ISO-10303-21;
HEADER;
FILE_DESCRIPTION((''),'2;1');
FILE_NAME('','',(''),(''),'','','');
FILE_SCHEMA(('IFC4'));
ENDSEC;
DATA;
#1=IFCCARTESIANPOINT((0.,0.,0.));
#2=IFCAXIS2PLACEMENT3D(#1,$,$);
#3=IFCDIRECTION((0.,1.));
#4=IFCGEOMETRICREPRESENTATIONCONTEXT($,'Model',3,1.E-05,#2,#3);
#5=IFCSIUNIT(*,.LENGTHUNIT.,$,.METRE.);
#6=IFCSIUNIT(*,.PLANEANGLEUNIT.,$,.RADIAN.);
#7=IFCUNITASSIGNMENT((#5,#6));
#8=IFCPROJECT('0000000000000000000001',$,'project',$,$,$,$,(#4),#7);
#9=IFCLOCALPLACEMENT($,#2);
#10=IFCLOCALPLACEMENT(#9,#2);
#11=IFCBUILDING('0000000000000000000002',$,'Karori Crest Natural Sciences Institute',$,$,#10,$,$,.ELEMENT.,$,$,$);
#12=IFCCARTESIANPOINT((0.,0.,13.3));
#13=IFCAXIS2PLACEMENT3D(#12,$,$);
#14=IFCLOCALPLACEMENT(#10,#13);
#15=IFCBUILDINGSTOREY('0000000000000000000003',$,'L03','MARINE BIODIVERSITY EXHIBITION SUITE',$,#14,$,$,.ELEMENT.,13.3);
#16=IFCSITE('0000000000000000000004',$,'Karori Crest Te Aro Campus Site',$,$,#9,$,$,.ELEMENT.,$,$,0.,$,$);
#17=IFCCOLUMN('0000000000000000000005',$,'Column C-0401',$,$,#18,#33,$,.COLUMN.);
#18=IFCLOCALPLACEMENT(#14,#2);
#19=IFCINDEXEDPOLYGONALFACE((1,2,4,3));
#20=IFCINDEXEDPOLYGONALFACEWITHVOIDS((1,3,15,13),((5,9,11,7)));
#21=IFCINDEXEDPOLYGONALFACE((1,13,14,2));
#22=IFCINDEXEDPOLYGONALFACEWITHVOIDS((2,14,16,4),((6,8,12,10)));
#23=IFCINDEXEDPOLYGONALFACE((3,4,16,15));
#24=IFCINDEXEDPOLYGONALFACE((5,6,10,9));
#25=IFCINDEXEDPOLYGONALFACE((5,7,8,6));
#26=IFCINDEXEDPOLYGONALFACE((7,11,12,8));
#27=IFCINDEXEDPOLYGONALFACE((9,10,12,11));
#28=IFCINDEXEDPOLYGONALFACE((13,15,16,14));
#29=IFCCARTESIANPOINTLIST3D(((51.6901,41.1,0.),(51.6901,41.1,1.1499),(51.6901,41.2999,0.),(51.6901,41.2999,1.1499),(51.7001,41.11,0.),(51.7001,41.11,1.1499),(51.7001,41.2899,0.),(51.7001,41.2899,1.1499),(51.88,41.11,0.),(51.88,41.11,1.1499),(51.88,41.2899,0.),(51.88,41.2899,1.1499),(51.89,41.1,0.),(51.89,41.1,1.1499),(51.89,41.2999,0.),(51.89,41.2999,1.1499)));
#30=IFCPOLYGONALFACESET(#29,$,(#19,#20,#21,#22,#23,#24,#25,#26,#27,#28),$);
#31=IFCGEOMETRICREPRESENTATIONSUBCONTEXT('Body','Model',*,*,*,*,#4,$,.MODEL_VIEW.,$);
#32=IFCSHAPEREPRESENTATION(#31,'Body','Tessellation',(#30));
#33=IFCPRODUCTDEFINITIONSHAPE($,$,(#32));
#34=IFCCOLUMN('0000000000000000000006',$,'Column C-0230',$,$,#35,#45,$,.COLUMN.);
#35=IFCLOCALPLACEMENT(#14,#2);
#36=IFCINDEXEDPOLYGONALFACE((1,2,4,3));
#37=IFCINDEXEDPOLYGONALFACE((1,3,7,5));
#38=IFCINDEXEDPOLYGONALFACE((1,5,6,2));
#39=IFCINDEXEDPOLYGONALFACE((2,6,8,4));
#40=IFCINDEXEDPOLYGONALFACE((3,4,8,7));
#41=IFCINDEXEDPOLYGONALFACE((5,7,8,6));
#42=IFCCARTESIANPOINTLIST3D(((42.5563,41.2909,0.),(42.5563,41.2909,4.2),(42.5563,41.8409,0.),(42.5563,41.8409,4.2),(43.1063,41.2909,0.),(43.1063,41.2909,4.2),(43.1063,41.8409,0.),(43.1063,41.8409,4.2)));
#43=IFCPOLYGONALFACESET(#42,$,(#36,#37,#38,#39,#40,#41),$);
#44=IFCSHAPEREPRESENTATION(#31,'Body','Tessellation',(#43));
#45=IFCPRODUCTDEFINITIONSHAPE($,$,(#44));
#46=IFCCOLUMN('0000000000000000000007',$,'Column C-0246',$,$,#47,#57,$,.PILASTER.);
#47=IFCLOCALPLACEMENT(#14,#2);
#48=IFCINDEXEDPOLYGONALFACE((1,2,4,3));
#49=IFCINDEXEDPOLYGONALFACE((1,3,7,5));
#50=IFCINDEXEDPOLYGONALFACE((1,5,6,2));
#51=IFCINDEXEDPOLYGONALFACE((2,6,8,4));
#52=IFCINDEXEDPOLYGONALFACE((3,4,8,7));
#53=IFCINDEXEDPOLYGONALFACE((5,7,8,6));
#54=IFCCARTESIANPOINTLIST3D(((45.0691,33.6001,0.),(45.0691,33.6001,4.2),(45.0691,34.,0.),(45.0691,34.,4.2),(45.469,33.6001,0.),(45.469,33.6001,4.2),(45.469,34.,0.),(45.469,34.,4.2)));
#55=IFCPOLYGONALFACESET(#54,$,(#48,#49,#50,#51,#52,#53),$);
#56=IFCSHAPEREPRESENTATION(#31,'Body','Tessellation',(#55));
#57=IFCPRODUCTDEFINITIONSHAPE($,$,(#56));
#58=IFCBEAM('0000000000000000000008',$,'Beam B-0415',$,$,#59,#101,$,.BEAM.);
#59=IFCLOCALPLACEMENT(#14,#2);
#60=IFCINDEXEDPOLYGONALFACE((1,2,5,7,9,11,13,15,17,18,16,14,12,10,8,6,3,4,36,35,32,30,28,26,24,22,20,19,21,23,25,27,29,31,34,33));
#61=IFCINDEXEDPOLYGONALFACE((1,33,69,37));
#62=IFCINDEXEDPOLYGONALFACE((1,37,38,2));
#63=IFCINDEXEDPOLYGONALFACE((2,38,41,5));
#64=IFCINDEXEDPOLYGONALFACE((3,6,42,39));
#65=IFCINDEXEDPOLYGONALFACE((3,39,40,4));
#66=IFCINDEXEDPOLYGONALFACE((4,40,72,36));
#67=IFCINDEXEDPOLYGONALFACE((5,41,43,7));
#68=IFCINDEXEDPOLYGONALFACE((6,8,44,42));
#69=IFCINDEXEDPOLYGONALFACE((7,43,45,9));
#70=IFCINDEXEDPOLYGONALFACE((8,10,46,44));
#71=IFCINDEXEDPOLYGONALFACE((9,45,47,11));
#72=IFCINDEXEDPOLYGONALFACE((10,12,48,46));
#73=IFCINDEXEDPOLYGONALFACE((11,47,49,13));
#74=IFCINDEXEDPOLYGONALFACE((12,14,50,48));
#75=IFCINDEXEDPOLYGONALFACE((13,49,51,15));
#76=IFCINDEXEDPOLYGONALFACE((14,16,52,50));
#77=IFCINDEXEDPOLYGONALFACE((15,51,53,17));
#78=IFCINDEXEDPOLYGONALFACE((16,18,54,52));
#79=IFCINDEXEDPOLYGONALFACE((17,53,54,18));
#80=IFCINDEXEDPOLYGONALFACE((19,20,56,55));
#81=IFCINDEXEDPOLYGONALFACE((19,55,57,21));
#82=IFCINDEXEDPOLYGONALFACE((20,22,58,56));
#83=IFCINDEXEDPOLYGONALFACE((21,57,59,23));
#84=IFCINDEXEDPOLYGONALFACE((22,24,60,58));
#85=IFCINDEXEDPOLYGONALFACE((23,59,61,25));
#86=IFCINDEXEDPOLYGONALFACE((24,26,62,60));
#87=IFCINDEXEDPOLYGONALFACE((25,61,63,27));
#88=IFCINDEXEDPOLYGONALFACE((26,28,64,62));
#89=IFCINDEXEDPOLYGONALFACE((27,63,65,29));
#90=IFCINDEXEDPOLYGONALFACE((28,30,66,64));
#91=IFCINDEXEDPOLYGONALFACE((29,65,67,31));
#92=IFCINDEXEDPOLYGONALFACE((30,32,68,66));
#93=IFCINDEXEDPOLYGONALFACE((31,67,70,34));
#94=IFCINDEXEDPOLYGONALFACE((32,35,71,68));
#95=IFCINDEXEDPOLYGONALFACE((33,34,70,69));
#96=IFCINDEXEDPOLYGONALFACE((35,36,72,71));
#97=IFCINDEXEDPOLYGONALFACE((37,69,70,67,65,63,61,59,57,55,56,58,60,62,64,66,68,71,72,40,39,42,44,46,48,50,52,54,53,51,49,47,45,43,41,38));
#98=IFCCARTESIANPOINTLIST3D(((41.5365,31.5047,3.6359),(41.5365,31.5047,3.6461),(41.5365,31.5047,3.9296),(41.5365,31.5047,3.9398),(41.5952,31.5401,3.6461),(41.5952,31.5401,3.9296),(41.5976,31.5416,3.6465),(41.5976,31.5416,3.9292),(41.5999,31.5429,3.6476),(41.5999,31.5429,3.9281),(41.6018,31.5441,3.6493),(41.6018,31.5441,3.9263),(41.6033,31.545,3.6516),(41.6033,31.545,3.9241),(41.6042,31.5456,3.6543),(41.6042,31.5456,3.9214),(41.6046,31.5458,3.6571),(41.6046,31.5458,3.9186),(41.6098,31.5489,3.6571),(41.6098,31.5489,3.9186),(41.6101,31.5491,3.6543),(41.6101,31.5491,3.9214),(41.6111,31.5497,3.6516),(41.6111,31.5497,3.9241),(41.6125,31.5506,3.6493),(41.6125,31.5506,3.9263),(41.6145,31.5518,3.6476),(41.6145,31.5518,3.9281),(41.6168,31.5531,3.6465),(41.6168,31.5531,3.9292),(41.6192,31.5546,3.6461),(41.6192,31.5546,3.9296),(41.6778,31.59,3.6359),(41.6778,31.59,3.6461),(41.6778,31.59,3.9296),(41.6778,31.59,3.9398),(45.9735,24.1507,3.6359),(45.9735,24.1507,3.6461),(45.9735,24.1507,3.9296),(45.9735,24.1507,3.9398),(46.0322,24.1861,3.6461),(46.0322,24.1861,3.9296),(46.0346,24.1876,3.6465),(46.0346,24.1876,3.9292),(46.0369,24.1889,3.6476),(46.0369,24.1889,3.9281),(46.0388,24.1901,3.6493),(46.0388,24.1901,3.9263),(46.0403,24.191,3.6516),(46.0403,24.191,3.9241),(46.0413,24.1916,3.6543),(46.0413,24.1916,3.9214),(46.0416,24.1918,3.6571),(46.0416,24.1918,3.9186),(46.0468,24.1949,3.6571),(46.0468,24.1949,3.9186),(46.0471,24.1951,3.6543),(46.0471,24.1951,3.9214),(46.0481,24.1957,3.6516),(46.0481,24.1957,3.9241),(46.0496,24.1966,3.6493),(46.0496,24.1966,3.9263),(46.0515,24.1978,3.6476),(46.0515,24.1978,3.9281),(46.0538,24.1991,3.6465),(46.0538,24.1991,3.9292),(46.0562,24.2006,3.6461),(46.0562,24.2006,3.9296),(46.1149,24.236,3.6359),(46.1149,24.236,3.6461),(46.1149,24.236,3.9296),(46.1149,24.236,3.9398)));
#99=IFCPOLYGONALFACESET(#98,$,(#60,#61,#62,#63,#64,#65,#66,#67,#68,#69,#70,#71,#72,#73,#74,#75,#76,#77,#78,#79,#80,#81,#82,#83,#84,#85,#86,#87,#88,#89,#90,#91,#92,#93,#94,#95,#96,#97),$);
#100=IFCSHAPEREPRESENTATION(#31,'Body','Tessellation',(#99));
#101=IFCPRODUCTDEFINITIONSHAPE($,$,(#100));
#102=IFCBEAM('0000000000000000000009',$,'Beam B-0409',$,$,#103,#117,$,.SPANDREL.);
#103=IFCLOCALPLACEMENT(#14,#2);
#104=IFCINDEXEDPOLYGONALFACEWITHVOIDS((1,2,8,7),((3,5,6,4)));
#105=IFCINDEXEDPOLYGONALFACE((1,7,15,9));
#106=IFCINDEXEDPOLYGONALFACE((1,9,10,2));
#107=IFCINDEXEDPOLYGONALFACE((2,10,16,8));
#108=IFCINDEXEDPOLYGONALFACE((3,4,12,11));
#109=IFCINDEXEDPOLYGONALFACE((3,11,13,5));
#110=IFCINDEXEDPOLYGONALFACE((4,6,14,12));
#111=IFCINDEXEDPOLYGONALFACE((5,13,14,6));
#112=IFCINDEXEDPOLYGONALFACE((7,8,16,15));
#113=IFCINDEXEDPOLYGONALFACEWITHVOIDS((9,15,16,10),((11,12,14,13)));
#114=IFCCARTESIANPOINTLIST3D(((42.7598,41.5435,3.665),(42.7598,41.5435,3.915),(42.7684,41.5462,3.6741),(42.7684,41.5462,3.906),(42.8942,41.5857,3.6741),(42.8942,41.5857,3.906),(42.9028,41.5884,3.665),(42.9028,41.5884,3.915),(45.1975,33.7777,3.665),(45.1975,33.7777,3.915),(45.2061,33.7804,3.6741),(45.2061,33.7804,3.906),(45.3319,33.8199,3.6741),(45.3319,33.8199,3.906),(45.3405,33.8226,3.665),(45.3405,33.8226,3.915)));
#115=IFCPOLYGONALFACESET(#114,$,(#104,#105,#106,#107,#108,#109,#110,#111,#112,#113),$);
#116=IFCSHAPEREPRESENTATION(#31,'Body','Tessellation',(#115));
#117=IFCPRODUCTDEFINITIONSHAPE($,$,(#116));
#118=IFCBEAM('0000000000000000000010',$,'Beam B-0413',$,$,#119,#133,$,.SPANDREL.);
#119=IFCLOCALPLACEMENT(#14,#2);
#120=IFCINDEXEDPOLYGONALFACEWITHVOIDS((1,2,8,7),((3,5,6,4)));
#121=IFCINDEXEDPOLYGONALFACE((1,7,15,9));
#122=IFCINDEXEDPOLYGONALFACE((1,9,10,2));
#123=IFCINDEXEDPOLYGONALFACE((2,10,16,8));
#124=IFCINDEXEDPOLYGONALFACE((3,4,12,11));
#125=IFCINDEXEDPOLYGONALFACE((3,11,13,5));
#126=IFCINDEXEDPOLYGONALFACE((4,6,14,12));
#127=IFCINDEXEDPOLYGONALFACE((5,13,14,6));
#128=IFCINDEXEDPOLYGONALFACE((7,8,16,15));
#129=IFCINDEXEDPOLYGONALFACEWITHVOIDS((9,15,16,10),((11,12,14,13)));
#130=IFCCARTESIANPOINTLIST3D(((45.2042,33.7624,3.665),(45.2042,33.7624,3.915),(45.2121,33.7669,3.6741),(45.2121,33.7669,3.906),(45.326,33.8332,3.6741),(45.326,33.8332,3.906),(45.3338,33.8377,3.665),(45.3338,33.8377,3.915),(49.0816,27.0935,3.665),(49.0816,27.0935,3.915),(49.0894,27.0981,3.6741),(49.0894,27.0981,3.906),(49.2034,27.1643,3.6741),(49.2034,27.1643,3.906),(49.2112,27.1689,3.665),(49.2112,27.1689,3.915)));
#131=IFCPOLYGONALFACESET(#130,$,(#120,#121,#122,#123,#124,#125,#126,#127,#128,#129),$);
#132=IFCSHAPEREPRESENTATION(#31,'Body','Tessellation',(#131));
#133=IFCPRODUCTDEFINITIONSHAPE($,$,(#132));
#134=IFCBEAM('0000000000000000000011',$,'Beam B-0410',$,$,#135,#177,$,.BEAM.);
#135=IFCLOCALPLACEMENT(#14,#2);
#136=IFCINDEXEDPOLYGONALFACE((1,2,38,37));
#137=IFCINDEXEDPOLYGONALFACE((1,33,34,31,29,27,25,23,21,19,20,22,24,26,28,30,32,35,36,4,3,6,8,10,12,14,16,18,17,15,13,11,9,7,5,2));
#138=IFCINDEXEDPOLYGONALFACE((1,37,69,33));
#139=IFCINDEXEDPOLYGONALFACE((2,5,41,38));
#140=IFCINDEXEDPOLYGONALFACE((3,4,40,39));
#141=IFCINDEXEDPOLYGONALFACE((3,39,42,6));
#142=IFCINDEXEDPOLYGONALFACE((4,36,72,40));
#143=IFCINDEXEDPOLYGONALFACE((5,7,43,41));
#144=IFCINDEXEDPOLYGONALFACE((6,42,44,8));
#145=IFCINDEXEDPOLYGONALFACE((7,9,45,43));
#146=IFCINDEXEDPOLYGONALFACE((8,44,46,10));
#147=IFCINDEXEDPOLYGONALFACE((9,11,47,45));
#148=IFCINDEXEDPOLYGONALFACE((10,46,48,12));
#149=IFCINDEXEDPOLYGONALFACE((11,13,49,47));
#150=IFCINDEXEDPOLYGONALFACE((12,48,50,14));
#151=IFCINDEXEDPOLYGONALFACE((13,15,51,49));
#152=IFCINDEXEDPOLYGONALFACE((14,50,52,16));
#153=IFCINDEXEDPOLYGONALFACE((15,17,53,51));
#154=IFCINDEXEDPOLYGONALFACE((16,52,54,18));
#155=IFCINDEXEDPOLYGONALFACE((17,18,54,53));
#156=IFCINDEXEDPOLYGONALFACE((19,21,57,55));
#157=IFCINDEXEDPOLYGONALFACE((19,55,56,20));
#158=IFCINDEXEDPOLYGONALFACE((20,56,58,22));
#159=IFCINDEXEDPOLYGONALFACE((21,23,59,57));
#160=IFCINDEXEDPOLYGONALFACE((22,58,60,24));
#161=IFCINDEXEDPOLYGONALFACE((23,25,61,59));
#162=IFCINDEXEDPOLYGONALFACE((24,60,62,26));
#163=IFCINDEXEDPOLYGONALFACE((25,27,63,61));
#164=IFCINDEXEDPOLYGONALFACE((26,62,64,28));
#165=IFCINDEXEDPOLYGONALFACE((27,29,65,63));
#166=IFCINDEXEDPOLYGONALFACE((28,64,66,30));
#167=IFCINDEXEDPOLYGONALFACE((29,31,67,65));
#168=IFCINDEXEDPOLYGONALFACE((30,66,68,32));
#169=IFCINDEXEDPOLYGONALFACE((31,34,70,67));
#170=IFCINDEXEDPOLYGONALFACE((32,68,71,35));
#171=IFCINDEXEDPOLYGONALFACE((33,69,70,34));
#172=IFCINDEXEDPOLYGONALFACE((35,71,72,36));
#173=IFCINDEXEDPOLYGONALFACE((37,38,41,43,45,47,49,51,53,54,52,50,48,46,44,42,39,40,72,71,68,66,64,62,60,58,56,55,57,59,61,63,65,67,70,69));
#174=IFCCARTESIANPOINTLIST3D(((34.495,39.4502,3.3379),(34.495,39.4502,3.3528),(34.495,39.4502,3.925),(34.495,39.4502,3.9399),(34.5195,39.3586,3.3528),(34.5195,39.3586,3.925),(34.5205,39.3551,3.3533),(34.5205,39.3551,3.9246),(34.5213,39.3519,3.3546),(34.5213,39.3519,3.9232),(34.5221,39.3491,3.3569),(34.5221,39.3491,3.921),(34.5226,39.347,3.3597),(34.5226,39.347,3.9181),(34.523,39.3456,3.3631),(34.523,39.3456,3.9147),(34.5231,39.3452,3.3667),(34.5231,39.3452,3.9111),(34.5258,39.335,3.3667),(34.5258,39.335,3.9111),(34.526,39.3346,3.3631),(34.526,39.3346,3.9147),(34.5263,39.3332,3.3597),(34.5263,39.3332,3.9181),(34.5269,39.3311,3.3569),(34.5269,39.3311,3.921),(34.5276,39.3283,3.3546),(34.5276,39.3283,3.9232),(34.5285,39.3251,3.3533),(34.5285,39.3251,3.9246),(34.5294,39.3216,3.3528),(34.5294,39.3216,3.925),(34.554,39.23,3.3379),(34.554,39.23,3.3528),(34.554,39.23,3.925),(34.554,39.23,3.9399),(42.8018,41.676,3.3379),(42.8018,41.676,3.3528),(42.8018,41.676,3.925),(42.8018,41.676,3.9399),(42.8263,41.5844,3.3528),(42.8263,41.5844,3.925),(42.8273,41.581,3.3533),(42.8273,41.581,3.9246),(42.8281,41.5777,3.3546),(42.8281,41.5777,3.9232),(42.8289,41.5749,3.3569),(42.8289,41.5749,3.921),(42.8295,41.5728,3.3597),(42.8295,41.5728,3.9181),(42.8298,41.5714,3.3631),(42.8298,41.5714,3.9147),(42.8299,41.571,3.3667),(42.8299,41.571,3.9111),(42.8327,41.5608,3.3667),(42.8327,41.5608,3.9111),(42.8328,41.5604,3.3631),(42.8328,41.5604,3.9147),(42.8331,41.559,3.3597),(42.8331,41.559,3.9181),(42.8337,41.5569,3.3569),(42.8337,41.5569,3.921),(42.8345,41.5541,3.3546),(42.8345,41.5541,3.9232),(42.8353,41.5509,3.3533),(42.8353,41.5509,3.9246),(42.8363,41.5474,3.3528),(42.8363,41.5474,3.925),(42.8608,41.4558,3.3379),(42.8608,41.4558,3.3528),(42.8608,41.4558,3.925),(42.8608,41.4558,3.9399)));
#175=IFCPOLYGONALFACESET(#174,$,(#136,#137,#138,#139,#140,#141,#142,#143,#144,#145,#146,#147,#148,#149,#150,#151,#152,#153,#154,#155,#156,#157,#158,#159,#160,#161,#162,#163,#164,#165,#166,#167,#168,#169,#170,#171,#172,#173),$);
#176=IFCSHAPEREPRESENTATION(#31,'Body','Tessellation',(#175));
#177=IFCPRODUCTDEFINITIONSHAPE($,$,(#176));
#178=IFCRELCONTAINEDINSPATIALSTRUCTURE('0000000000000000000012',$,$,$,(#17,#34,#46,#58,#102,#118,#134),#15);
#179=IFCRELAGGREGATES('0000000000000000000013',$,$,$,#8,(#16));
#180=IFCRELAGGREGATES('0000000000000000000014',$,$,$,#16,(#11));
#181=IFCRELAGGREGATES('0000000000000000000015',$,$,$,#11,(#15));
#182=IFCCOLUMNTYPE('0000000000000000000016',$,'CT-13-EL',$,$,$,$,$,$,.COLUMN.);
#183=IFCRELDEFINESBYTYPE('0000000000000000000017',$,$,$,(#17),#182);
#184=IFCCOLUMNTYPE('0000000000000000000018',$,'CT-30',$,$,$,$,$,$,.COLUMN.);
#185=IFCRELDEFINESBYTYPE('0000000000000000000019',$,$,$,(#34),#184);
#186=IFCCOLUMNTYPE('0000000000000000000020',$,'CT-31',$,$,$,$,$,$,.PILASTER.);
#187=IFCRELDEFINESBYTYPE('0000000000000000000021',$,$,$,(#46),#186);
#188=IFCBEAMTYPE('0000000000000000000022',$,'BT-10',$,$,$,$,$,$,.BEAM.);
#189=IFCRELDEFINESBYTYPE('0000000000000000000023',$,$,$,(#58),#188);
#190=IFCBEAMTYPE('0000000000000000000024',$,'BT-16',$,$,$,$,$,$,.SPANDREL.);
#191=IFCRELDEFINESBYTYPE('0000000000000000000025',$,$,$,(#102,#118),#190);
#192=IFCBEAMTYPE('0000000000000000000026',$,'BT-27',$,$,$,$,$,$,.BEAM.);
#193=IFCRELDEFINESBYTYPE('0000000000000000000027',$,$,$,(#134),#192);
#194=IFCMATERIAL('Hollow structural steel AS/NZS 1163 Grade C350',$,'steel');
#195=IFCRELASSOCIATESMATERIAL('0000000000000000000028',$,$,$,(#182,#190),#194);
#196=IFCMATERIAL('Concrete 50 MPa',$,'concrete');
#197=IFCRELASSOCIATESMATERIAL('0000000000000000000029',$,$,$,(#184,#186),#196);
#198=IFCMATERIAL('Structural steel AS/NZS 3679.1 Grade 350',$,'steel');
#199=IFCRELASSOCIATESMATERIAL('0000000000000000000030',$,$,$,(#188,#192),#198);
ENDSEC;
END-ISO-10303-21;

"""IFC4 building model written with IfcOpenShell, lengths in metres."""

from ifc_helpers import new_model, si_unit, direction, frame, origin, origin_2d, place, context, subcontext, project, spatial, rectangle, hollow_rectangle, i_section, extrude, material, material_profile, profile_set, type_object, element, save


model = new_model("IFC4")

# Units and contexts
model_context = context("Model", 3, precision=1e-05, world=origin(), true_north=direction((0.0, 1.0)))
body_context = subcontext(model_context, "Body", "Model", "MODEL_VIEW")
ifc_project = project(units=[si_unit("LENGTHUNIT", "METRE"), si_unit("PLANEANGLEUNIT", "RADIAN")], contexts=[model_context])

# Site, building, storey
site_placement = place(None, origin())
site = spatial("IfcSite", under=ifc_project, at=site_placement, Name="Karori Crest Te Aro Campus Site", CompositionType="ELEMENT", RefElevation=0.0)
building_placement = place(site_placement, origin())
building = spatial("IfcBuilding", under=site, at=building_placement, Name="Karori Crest Natural Sciences Institute", CompositionType="ELEMENT")
storey_placement = place(building_placement, frame((0.0, 0.0, 13.3)))
storey = spatial("IfcBuildingStorey", under=building, at=storey_placement, Name="L03", Description="MARINE BIODIVERSITY EXHIBITION SUITE", CompositionType="ELEMENT", Elevation=13.3)

# Columns
ifc_material_1 = material(Name="Hollow structural steel AS/NZS 1163 Grade C350", Category="steel")
ifc_material_profile_1 = material_profile(ifc_material_1, hollow_rectangle(XDim=0.2, YDim=0.2, WallThickness=0.01, at=origin_2d()), Name="SHS200x200x10")
ifc_profile_set_1 = profile_set([ifc_material_profile_1], Name="Hollow structural steel AS/NZS 1163 Grade C350")
column_type_1 = type_object("IfcColumnType", Name="CT-13-EL", PredefinedType="COLUMN", material=ifc_profile_set_1)
column_1_placement = place(storey_placement, frame((51.79, 41.2, 0.0), z_axis=(0.0, 0.0, 1.0), x_axis=(1.0, 0.0, 0.0)))
element("IfcColumn", 1, at=column_1_placement, inside=storey, type_object=column_type_1, Name="Column C-0401", PredefinedType="COLUMN", context=body_context, shape_type="SweptSolid", body=[
    extrude(hollow_rectangle(XDim=0.2, YDim=0.2, WallThickness=0.01, at=origin_2d()), origin(), (0.0, 0.0, 1.0), 1.1499),
])
ifc_material_2 = material(Name="Concrete 50 MPa", Category="concrete")
ifc_material_profile_2 = material_profile(ifc_material_2, rectangle(XDim=0.55, YDim=0.55, at=origin_2d()), Name="RC550x550")
ifc_profile_set_2 = profile_set([ifc_material_profile_2], Name="Concrete 50 MPa")
column_type_2 = type_object("IfcColumnType", Name="CT-30", PredefinedType="COLUMN", material=ifc_profile_set_2)
column_2_placement = place(storey_placement, frame((42.8313, 41.5659, 0.0), z_axis=(0.0, 0.0, 1.0), x_axis=(1.0, 0.0, 0.0)))
element("IfcColumn", 2, at=column_2_placement, inside=storey, type_object=column_type_2, Name="Column C-0230", PredefinedType="COLUMN", context=body_context, shape_type="SweptSolid", body=[
    extrude(rectangle(XDim=0.55, YDim=0.55, at=origin_2d()), origin(), (0.0, 0.0, 1.0), 4.2),
])
ifc_material_profile_3 = material_profile(ifc_material_2, rectangle(XDim=0.3999, YDim=0.3999, at=origin_2d()), Name="RC400x400")
ifc_profile_set_3 = profile_set([ifc_material_profile_3], Name="Concrete 50 MPa")
column_type_3 = type_object("IfcColumnType", Name="CT-31", PredefinedType="PILASTER", material=ifc_profile_set_3)
column_3_placement = place(storey_placement, frame((45.269, 33.8, 0.0), z_axis=(0.0, 0.0, 1.0), x_axis=(1.0, 0.0, 0.0)))
element("IfcColumn", 3, at=column_3_placement, inside=storey, type_object=column_type_3, Name="Column C-0246", PredefinedType="PILASTER", context=body_context, shape_type="SweptSolid", body=[
    extrude(rectangle(XDim=0.3999, YDim=0.3999, at=origin_2d()), origin(), (0.0, 0.0, 1.0), 4.2),
])

# Beams
ifc_material_3 = material(Name="Structural steel AS/NZS 3679.1 Grade 350", Category="steel")
ifc_material_profile_4 = material_profile(ifc_material_3, i_section(OverallWidth=0.165, OverallDepth=0.304, WebThickness=0.0061, FlangeThickness=0.0103, FilletRadius=0.011, at=origin_2d()), Name="310UB40.4")
ifc_profile_set_4 = profile_set([ifc_material_profile_4], Name="Structural steel AS/NZS 3679.1 Grade 350")
beam_type_1 = type_object("IfcBeamType", Name="BT-10", PredefinedType="BEAM", material=ifc_profile_set_4)
beam_1_placement = place(storey_placement, frame((41.6072, 31.5474, 3.7878), z_axis=(0.516601, -0.856226, 0.0), x_axis=(0.856226, 0.516601, 0.0)))
element("IfcBeam", 4, at=beam_1_placement, inside=storey, type_object=beam_type_1, Name="Beam B-0415", PredefinedType="BEAM", context=body_context, shape_type="SweptSolid", body=[
    extrude(i_section(OverallWidth=0.165, OverallDepth=0.304, WebThickness=0.0061, FlangeThickness=0.0103, FilletRadius=0.011, at=origin_2d()), origin(), (0.0, 0.0, 1.0), 8.5889),
])
ifc_material_profile_5 = material_profile(ifc_material_1, hollow_rectangle(XDim=0.1499, YDim=0.25, WallThickness=0.009, at=origin_2d()), Name="RHS250x150x9")
ifc_profile_set_5 = profile_set([ifc_material_profile_5], Name="Hollow structural steel AS/NZS 1163 Grade C350")
beam_type_2 = type_object("IfcBeamType", Name="BT-16", PredefinedType="SPANDREL", material=ifc_profile_set_5)
beam_2_placement = place(storey_placement, frame((42.8313, 41.5659, 3.79), z_axis=(0.299496, -0.954098, 0.0), x_axis=(0.954098, 0.299496, 0.0)))
element("IfcBeam", 5, at=beam_2_placement, inside=storey, type_object=beam_type_2, Name="Beam B-0409", PredefinedType="SPANDREL", context=body_context, shape_type="SweptSolid", body=[
    extrude(hollow_rectangle(XDim=0.1499, YDim=0.25, WallThickness=0.009, at=origin_2d()), origin(), (0.0, 0.0, 1.0), 8.1394),
])
beam_3_placement = place(storey_placement, frame((45.269, 33.8, 3.79), z_axis=(0.502635, -0.864499, 0.0), x_axis=(0.864499, 0.502635, 0.0)))
element("IfcBeam", 6, at=beam_3_placement, inside=storey, type_object=beam_type_2, Name="Beam B-0413", PredefinedType="SPANDREL", context=body_context, shape_type="SweptSolid", body=[
    extrude(hollow_rectangle(XDim=0.1499, YDim=0.25, WallThickness=0.009, at=origin_2d()), origin(), (0.0, 0.0, 1.0), 7.7141),
])
ifc_material_profile_6 = material_profile(ifc_material_3, i_section(OverallWidth=0.228, OverallDepth=0.6021, WebThickness=0.0105, FlangeThickness=0.0149, FilletRadius=0.0139, at=origin_2d()), Name="610UB101")
ifc_profile_set_6 = profile_set([ifc_material_profile_6], Name="Structural steel AS/NZS 3679.1 Grade 350")
beam_type_3 = type_object("IfcBeamType", Name="BT-27", PredefinedType="BEAM", material=ifc_profile_set_6)
beam_4_placement = place(storey_placement, frame((42.8313, 41.5659, 3.6389), z_axis=(-0.965926, -0.25882, 0.0), x_axis=(0.25882, -0.965926, 0.0)))
element("IfcBeam", 7, at=beam_4_placement, inside=storey, type_object=beam_type_3, Name="Beam B-0410", PredefinedType="BEAM", context=body_context, shape_type="SweptSolid", body=[
    extrude(i_section(OverallWidth=0.228, OverallDepth=0.6021, WebThickness=0.0105, FlangeThickness=0.0149, FilletRadius=0.0139, at=origin_2d()), origin(), (0.0, 0.0, 1.0), 8.5999),
])

save(model, "model.ifc")
